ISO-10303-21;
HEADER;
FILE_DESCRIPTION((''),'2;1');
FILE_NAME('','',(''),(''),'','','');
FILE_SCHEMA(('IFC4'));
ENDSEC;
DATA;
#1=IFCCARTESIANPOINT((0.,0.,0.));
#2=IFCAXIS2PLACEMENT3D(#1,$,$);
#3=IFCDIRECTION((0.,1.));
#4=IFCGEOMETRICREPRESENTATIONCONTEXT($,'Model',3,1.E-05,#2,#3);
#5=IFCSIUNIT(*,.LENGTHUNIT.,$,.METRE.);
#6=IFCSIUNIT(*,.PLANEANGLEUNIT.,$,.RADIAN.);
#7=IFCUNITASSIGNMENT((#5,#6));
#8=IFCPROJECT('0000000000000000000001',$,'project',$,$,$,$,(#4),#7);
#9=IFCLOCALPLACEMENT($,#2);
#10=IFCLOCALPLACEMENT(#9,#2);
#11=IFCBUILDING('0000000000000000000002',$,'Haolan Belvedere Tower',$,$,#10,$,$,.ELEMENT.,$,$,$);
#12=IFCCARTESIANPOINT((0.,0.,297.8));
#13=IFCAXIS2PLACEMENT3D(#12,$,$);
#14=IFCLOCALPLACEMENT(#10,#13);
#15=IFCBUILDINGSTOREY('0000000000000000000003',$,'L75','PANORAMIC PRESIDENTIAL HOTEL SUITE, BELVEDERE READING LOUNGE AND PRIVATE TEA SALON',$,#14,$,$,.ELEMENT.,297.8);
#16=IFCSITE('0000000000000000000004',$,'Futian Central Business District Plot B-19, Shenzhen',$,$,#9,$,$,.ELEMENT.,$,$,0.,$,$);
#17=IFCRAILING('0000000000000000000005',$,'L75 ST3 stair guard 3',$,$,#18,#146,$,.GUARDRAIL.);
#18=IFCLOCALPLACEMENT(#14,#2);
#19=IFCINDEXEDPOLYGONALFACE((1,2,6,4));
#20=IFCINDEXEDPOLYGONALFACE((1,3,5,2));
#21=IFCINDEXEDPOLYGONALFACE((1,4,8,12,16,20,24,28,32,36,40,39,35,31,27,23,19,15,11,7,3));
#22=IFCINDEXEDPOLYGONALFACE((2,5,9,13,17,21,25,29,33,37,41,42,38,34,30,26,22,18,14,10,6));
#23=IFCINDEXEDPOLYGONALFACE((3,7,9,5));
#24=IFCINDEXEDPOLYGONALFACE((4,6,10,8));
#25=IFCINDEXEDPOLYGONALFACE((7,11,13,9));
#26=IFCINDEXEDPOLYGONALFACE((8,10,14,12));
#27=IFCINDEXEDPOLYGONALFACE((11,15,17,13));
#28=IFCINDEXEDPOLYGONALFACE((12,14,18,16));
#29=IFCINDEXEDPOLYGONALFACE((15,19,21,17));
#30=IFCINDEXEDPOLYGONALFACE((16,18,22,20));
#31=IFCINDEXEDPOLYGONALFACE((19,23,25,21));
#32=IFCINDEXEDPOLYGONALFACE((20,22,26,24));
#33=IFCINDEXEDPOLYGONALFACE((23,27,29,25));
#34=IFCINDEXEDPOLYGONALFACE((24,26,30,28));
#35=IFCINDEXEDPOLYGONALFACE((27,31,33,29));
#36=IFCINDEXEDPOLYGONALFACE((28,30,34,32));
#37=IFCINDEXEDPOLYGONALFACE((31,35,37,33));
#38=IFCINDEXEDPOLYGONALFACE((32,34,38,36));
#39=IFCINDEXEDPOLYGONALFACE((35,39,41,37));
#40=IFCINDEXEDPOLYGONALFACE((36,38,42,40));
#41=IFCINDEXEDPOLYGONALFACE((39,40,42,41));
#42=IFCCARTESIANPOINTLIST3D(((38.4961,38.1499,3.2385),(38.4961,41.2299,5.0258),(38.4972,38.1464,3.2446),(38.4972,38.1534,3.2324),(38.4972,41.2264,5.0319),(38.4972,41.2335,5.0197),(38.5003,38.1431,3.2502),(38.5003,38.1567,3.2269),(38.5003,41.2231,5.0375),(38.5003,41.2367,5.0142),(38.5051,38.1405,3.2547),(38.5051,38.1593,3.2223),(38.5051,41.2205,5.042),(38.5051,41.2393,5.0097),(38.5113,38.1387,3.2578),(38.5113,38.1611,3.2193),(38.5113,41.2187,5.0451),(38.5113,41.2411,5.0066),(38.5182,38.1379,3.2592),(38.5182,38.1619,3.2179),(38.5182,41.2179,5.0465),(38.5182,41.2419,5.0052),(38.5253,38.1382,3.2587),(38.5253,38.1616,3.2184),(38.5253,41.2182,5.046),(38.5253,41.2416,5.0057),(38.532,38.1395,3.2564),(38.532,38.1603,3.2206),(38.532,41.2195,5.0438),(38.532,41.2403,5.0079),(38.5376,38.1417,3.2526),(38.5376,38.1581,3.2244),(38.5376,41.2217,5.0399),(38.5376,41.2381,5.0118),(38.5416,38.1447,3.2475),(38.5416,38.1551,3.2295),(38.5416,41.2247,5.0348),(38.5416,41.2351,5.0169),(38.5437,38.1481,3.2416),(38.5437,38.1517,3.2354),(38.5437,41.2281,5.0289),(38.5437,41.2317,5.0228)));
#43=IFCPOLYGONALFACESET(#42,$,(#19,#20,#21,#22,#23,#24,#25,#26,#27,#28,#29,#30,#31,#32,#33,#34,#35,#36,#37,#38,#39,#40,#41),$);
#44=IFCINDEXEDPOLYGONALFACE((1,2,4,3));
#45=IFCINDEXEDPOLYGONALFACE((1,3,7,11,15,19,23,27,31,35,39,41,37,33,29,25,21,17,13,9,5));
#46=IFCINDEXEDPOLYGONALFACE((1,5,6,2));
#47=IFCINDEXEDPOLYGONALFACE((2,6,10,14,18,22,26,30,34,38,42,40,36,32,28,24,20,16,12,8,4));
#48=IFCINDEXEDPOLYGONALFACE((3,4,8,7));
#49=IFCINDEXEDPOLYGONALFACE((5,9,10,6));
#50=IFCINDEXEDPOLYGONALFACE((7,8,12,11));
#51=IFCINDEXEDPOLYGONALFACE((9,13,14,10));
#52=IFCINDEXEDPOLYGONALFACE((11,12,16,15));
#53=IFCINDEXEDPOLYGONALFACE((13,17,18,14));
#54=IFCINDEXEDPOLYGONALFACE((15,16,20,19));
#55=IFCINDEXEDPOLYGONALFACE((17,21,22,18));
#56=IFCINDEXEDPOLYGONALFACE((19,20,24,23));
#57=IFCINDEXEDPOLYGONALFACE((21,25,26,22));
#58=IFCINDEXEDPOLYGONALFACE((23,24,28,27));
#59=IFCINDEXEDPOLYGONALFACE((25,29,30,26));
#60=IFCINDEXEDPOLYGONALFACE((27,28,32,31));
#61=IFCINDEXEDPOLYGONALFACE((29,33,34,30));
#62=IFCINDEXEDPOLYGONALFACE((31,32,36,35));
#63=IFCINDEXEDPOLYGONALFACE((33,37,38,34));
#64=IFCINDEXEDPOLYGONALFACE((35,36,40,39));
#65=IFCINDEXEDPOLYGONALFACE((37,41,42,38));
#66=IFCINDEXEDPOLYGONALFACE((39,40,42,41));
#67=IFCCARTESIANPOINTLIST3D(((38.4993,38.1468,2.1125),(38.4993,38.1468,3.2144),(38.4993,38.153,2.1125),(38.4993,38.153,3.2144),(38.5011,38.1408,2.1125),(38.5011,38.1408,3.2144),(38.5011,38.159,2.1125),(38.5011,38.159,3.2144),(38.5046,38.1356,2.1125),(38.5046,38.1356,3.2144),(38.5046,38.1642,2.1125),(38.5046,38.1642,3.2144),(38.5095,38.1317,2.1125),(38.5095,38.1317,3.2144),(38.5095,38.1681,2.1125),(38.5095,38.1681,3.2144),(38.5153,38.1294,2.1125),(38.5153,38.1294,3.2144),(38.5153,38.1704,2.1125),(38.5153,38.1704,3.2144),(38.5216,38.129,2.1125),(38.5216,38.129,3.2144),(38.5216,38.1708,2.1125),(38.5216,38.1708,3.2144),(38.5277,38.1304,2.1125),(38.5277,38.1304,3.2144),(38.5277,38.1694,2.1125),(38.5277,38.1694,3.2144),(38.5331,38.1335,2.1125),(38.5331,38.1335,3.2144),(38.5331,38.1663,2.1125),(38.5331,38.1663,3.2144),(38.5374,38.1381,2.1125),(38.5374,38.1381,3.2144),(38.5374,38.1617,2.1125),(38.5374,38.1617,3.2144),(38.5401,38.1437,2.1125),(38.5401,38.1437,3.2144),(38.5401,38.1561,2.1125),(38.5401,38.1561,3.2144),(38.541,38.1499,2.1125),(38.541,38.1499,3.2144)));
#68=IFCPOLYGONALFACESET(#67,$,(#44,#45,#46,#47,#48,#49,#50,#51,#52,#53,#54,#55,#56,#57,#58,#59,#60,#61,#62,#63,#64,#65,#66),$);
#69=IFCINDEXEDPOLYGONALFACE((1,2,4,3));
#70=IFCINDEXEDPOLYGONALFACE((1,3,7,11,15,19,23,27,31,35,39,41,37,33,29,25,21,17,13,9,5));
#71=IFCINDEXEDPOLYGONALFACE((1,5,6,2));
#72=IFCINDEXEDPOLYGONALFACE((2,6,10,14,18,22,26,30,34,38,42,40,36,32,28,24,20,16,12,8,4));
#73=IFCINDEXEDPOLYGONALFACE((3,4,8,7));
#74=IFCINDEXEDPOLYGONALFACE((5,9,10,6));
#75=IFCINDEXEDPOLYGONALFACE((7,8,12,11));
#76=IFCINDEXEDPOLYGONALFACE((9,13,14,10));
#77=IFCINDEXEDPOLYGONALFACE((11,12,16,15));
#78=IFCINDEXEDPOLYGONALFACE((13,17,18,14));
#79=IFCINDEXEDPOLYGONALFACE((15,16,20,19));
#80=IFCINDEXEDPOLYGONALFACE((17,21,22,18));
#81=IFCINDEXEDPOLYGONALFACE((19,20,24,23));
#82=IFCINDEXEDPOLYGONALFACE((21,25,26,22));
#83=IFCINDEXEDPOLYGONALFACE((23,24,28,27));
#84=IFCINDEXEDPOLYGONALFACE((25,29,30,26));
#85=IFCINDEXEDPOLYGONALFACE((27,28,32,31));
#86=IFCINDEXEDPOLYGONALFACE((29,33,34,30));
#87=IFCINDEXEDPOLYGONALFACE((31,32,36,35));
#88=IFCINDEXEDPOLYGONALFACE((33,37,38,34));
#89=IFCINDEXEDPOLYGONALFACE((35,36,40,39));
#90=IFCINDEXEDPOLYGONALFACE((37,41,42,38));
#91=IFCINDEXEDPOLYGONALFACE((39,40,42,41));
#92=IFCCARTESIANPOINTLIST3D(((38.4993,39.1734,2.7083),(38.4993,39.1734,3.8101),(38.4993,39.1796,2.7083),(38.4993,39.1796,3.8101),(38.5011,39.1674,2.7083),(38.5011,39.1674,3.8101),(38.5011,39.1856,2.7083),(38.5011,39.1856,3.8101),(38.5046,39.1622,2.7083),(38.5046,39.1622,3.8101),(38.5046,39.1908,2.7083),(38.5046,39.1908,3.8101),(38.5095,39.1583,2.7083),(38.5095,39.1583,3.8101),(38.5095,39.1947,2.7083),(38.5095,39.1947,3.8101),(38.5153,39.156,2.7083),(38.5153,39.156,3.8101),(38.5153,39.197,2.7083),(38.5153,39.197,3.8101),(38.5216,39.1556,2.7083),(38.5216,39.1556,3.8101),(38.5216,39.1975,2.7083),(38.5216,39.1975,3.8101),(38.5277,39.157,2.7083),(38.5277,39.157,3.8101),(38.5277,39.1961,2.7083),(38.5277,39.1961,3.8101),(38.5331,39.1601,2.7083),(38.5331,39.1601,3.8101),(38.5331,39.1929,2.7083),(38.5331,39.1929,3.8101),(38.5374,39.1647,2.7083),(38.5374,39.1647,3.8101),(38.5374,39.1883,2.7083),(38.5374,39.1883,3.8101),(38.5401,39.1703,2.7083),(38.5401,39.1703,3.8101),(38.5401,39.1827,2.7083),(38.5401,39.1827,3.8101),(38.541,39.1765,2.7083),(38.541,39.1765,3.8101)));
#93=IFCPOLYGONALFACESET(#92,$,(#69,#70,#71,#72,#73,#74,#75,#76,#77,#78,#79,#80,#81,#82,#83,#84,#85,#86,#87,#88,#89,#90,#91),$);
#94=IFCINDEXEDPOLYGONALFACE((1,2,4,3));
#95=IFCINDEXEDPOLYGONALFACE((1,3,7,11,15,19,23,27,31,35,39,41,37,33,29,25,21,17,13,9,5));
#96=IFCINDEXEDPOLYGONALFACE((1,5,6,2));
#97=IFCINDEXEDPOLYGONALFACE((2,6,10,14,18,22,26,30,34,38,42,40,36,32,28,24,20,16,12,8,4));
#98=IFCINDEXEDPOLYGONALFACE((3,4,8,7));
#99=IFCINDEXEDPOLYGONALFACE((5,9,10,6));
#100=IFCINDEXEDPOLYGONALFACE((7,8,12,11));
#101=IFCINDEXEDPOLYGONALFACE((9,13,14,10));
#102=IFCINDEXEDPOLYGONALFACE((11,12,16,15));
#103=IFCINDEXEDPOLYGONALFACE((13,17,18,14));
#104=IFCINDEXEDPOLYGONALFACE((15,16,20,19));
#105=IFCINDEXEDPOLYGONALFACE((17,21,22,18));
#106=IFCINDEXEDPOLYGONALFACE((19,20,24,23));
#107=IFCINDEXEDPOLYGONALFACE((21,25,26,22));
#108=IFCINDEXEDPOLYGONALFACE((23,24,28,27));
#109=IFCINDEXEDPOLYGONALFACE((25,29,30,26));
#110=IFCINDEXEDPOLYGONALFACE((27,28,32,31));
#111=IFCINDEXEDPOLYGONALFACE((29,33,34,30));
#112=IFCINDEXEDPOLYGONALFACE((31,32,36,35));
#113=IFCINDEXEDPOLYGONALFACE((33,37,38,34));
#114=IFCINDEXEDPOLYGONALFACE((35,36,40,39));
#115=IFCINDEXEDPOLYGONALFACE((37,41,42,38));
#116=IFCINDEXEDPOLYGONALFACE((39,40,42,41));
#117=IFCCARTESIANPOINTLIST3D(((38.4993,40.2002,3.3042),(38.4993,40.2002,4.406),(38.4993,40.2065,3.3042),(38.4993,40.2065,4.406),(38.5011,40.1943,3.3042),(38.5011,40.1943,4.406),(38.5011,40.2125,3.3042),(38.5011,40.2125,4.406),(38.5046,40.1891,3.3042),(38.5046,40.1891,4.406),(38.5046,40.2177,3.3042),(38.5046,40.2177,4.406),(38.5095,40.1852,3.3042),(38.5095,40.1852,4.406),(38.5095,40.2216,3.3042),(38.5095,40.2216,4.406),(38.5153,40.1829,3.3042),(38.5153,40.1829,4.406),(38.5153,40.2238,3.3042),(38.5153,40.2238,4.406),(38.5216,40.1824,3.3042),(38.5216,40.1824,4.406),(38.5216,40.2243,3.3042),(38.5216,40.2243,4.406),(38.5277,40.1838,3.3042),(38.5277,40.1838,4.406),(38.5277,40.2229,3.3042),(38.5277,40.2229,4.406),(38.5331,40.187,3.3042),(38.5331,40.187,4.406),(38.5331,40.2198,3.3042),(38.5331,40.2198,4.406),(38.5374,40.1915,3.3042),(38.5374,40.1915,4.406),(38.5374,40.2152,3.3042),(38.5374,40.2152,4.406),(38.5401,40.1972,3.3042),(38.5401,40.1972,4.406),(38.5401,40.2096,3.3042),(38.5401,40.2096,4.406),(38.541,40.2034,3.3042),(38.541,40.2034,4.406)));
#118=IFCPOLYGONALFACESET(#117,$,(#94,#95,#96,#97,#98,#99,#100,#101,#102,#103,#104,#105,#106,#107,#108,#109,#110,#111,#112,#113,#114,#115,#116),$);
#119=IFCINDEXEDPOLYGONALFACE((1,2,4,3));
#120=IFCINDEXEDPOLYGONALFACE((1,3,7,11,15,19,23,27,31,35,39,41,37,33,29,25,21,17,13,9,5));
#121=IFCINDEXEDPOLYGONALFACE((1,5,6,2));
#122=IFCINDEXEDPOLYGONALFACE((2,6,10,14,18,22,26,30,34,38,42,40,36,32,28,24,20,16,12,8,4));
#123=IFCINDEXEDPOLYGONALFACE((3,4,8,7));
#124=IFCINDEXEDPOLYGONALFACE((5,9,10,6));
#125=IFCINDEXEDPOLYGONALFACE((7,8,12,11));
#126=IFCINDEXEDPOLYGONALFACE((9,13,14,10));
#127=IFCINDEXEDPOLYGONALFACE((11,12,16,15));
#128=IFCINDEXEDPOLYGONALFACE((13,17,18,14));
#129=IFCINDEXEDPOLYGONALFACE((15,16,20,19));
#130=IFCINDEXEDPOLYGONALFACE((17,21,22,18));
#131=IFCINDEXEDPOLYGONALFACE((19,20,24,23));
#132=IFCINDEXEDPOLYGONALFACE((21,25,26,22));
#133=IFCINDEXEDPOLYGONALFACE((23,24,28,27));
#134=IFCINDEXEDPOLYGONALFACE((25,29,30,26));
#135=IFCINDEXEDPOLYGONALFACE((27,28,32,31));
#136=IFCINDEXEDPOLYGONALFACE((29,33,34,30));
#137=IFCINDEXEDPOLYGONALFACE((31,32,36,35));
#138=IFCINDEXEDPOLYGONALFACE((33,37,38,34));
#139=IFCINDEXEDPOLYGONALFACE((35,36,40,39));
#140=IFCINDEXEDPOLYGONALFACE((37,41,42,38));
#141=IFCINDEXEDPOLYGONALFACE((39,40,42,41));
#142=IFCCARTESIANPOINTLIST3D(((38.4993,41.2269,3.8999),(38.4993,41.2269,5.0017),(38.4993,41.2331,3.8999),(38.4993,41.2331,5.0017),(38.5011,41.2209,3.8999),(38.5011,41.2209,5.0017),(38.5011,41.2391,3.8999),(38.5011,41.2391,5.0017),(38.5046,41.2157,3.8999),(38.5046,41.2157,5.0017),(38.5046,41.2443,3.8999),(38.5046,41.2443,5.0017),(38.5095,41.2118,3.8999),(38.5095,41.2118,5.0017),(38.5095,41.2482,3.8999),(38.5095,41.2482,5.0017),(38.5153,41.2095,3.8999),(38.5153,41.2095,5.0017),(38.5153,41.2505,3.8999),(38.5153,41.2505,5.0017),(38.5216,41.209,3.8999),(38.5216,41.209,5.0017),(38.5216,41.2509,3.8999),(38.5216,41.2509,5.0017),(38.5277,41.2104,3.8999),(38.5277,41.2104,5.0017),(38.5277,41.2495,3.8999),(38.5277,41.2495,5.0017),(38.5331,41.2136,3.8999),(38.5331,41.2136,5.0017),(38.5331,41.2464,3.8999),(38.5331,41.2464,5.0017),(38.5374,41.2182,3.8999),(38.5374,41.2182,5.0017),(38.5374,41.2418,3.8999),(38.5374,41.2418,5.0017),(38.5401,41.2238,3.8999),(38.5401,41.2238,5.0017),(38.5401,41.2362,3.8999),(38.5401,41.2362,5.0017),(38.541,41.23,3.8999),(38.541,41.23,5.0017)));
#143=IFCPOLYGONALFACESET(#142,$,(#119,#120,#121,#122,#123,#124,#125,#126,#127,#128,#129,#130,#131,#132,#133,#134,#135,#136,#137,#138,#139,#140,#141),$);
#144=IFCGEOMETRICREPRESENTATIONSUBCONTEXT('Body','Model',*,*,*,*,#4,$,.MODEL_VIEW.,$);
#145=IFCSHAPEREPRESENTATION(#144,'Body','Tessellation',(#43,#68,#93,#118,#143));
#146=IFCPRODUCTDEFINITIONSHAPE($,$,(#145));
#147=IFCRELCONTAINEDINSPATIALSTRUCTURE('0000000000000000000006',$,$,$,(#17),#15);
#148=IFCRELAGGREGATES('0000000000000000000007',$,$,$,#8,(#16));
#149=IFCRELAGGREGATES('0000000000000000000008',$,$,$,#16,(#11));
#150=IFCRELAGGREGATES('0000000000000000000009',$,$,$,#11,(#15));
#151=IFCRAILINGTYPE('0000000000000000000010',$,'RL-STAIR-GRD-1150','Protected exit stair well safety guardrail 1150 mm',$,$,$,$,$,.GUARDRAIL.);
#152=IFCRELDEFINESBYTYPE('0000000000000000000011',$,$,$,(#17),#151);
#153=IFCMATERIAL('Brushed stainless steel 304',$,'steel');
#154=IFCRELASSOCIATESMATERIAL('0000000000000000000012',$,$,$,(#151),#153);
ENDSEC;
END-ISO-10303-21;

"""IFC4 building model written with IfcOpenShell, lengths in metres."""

from ifc_helpers import new_model, si_unit, direction, frame, origin, origin_2d, place, context, subcontext, project, spatial, circle, extrude, material, type_object, element, save


model = new_model("IFC4")

# Units and contexts
model_context = context("Model", 3, precision=1e-05, world=origin(), true_north=direction((0.0, 1.0)))
body_context = subcontext(model_context, "Body", "Model", "MODEL_VIEW")
ifc_project = project(units=[si_unit("LENGTHUNIT", "METRE"), si_unit("PLANEANGLEUNIT", "RADIAN")], contexts=[model_context])

# Site, building, storey
site_placement = place(None, origin())
site = spatial("IfcSite", under=ifc_project, at=site_placement, Name="Futian Central Business District Plot B-19, Shenzhen", CompositionType="ELEMENT", RefElevation=0.0)
building_placement = place(site_placement, origin())
building = spatial("IfcBuilding", under=site, at=building_placement, Name="Haolan Belvedere Tower", CompositionType="ELEMENT")
storey_placement = place(building_placement, frame((0.0, 0.0, 297.8)))
storey = spatial("IfcBuildingStorey", under=building, at=storey_placement, Name="L75", Description="PANORAMIC PRESIDENTIAL HOTEL SUITE, BELVEDERE READING LOUNGE AND PRIVATE TEA SALON", CompositionType="ELEMENT", Elevation=297.8)

# Railing
ifc_material_1 = material(Name="Brushed stainless steel 304", Category="steel")
railing_type_1 = type_object("IfcRailingType", Name="RL-STAIR-GRD-1150", Description="Protected exit stair well safety guardrail 1150 mm", PredefinedType="GUARDRAIL", material=ifc_material_1)
railing_1_placement = place(storey_placement, frame((38.52, 38.1499, 2.1125)))
element("IfcRailing", 1, at=railing_1_placement, inside=storey, type_object=railing_type_1, Name="L75 ST3 stair guard 3", PredefinedType="GUARDRAIL", context=body_context, shape_type="SweptSolid", body=[
    extrude(circle(Radius=0.0239, at=origin_2d()), frame((0.0, 0.0, 1.126), z_axis=(0.0, 0.86492, 0.501909), x_axis=(-1.0, 0.0, 0.0)), (0.0, 0.0, 1.0), 3.561),
    extrude(circle(Radius=0.021, at=origin_2d()), origin(), (0.0, 0.0, 1.0), 1.1018),
    extrude(circle(Radius=0.021, at=origin_2d()), frame((0.0, 1.0266, 0.5957)), (0.0, 0.0, 1.0), 1.1018),
    extrude(circle(Radius=0.021, at=origin_2d()), frame((0.0, 2.0535, 1.1917)), (0.0, 0.0, 1.0), 1.1018),
    extrude(circle(Radius=0.021, at=origin_2d()), frame((0.0, 3.0801, 1.7874)), (0.0, 0.0, 1.0), 1.1018),
])

save(model, "model.ifc")
